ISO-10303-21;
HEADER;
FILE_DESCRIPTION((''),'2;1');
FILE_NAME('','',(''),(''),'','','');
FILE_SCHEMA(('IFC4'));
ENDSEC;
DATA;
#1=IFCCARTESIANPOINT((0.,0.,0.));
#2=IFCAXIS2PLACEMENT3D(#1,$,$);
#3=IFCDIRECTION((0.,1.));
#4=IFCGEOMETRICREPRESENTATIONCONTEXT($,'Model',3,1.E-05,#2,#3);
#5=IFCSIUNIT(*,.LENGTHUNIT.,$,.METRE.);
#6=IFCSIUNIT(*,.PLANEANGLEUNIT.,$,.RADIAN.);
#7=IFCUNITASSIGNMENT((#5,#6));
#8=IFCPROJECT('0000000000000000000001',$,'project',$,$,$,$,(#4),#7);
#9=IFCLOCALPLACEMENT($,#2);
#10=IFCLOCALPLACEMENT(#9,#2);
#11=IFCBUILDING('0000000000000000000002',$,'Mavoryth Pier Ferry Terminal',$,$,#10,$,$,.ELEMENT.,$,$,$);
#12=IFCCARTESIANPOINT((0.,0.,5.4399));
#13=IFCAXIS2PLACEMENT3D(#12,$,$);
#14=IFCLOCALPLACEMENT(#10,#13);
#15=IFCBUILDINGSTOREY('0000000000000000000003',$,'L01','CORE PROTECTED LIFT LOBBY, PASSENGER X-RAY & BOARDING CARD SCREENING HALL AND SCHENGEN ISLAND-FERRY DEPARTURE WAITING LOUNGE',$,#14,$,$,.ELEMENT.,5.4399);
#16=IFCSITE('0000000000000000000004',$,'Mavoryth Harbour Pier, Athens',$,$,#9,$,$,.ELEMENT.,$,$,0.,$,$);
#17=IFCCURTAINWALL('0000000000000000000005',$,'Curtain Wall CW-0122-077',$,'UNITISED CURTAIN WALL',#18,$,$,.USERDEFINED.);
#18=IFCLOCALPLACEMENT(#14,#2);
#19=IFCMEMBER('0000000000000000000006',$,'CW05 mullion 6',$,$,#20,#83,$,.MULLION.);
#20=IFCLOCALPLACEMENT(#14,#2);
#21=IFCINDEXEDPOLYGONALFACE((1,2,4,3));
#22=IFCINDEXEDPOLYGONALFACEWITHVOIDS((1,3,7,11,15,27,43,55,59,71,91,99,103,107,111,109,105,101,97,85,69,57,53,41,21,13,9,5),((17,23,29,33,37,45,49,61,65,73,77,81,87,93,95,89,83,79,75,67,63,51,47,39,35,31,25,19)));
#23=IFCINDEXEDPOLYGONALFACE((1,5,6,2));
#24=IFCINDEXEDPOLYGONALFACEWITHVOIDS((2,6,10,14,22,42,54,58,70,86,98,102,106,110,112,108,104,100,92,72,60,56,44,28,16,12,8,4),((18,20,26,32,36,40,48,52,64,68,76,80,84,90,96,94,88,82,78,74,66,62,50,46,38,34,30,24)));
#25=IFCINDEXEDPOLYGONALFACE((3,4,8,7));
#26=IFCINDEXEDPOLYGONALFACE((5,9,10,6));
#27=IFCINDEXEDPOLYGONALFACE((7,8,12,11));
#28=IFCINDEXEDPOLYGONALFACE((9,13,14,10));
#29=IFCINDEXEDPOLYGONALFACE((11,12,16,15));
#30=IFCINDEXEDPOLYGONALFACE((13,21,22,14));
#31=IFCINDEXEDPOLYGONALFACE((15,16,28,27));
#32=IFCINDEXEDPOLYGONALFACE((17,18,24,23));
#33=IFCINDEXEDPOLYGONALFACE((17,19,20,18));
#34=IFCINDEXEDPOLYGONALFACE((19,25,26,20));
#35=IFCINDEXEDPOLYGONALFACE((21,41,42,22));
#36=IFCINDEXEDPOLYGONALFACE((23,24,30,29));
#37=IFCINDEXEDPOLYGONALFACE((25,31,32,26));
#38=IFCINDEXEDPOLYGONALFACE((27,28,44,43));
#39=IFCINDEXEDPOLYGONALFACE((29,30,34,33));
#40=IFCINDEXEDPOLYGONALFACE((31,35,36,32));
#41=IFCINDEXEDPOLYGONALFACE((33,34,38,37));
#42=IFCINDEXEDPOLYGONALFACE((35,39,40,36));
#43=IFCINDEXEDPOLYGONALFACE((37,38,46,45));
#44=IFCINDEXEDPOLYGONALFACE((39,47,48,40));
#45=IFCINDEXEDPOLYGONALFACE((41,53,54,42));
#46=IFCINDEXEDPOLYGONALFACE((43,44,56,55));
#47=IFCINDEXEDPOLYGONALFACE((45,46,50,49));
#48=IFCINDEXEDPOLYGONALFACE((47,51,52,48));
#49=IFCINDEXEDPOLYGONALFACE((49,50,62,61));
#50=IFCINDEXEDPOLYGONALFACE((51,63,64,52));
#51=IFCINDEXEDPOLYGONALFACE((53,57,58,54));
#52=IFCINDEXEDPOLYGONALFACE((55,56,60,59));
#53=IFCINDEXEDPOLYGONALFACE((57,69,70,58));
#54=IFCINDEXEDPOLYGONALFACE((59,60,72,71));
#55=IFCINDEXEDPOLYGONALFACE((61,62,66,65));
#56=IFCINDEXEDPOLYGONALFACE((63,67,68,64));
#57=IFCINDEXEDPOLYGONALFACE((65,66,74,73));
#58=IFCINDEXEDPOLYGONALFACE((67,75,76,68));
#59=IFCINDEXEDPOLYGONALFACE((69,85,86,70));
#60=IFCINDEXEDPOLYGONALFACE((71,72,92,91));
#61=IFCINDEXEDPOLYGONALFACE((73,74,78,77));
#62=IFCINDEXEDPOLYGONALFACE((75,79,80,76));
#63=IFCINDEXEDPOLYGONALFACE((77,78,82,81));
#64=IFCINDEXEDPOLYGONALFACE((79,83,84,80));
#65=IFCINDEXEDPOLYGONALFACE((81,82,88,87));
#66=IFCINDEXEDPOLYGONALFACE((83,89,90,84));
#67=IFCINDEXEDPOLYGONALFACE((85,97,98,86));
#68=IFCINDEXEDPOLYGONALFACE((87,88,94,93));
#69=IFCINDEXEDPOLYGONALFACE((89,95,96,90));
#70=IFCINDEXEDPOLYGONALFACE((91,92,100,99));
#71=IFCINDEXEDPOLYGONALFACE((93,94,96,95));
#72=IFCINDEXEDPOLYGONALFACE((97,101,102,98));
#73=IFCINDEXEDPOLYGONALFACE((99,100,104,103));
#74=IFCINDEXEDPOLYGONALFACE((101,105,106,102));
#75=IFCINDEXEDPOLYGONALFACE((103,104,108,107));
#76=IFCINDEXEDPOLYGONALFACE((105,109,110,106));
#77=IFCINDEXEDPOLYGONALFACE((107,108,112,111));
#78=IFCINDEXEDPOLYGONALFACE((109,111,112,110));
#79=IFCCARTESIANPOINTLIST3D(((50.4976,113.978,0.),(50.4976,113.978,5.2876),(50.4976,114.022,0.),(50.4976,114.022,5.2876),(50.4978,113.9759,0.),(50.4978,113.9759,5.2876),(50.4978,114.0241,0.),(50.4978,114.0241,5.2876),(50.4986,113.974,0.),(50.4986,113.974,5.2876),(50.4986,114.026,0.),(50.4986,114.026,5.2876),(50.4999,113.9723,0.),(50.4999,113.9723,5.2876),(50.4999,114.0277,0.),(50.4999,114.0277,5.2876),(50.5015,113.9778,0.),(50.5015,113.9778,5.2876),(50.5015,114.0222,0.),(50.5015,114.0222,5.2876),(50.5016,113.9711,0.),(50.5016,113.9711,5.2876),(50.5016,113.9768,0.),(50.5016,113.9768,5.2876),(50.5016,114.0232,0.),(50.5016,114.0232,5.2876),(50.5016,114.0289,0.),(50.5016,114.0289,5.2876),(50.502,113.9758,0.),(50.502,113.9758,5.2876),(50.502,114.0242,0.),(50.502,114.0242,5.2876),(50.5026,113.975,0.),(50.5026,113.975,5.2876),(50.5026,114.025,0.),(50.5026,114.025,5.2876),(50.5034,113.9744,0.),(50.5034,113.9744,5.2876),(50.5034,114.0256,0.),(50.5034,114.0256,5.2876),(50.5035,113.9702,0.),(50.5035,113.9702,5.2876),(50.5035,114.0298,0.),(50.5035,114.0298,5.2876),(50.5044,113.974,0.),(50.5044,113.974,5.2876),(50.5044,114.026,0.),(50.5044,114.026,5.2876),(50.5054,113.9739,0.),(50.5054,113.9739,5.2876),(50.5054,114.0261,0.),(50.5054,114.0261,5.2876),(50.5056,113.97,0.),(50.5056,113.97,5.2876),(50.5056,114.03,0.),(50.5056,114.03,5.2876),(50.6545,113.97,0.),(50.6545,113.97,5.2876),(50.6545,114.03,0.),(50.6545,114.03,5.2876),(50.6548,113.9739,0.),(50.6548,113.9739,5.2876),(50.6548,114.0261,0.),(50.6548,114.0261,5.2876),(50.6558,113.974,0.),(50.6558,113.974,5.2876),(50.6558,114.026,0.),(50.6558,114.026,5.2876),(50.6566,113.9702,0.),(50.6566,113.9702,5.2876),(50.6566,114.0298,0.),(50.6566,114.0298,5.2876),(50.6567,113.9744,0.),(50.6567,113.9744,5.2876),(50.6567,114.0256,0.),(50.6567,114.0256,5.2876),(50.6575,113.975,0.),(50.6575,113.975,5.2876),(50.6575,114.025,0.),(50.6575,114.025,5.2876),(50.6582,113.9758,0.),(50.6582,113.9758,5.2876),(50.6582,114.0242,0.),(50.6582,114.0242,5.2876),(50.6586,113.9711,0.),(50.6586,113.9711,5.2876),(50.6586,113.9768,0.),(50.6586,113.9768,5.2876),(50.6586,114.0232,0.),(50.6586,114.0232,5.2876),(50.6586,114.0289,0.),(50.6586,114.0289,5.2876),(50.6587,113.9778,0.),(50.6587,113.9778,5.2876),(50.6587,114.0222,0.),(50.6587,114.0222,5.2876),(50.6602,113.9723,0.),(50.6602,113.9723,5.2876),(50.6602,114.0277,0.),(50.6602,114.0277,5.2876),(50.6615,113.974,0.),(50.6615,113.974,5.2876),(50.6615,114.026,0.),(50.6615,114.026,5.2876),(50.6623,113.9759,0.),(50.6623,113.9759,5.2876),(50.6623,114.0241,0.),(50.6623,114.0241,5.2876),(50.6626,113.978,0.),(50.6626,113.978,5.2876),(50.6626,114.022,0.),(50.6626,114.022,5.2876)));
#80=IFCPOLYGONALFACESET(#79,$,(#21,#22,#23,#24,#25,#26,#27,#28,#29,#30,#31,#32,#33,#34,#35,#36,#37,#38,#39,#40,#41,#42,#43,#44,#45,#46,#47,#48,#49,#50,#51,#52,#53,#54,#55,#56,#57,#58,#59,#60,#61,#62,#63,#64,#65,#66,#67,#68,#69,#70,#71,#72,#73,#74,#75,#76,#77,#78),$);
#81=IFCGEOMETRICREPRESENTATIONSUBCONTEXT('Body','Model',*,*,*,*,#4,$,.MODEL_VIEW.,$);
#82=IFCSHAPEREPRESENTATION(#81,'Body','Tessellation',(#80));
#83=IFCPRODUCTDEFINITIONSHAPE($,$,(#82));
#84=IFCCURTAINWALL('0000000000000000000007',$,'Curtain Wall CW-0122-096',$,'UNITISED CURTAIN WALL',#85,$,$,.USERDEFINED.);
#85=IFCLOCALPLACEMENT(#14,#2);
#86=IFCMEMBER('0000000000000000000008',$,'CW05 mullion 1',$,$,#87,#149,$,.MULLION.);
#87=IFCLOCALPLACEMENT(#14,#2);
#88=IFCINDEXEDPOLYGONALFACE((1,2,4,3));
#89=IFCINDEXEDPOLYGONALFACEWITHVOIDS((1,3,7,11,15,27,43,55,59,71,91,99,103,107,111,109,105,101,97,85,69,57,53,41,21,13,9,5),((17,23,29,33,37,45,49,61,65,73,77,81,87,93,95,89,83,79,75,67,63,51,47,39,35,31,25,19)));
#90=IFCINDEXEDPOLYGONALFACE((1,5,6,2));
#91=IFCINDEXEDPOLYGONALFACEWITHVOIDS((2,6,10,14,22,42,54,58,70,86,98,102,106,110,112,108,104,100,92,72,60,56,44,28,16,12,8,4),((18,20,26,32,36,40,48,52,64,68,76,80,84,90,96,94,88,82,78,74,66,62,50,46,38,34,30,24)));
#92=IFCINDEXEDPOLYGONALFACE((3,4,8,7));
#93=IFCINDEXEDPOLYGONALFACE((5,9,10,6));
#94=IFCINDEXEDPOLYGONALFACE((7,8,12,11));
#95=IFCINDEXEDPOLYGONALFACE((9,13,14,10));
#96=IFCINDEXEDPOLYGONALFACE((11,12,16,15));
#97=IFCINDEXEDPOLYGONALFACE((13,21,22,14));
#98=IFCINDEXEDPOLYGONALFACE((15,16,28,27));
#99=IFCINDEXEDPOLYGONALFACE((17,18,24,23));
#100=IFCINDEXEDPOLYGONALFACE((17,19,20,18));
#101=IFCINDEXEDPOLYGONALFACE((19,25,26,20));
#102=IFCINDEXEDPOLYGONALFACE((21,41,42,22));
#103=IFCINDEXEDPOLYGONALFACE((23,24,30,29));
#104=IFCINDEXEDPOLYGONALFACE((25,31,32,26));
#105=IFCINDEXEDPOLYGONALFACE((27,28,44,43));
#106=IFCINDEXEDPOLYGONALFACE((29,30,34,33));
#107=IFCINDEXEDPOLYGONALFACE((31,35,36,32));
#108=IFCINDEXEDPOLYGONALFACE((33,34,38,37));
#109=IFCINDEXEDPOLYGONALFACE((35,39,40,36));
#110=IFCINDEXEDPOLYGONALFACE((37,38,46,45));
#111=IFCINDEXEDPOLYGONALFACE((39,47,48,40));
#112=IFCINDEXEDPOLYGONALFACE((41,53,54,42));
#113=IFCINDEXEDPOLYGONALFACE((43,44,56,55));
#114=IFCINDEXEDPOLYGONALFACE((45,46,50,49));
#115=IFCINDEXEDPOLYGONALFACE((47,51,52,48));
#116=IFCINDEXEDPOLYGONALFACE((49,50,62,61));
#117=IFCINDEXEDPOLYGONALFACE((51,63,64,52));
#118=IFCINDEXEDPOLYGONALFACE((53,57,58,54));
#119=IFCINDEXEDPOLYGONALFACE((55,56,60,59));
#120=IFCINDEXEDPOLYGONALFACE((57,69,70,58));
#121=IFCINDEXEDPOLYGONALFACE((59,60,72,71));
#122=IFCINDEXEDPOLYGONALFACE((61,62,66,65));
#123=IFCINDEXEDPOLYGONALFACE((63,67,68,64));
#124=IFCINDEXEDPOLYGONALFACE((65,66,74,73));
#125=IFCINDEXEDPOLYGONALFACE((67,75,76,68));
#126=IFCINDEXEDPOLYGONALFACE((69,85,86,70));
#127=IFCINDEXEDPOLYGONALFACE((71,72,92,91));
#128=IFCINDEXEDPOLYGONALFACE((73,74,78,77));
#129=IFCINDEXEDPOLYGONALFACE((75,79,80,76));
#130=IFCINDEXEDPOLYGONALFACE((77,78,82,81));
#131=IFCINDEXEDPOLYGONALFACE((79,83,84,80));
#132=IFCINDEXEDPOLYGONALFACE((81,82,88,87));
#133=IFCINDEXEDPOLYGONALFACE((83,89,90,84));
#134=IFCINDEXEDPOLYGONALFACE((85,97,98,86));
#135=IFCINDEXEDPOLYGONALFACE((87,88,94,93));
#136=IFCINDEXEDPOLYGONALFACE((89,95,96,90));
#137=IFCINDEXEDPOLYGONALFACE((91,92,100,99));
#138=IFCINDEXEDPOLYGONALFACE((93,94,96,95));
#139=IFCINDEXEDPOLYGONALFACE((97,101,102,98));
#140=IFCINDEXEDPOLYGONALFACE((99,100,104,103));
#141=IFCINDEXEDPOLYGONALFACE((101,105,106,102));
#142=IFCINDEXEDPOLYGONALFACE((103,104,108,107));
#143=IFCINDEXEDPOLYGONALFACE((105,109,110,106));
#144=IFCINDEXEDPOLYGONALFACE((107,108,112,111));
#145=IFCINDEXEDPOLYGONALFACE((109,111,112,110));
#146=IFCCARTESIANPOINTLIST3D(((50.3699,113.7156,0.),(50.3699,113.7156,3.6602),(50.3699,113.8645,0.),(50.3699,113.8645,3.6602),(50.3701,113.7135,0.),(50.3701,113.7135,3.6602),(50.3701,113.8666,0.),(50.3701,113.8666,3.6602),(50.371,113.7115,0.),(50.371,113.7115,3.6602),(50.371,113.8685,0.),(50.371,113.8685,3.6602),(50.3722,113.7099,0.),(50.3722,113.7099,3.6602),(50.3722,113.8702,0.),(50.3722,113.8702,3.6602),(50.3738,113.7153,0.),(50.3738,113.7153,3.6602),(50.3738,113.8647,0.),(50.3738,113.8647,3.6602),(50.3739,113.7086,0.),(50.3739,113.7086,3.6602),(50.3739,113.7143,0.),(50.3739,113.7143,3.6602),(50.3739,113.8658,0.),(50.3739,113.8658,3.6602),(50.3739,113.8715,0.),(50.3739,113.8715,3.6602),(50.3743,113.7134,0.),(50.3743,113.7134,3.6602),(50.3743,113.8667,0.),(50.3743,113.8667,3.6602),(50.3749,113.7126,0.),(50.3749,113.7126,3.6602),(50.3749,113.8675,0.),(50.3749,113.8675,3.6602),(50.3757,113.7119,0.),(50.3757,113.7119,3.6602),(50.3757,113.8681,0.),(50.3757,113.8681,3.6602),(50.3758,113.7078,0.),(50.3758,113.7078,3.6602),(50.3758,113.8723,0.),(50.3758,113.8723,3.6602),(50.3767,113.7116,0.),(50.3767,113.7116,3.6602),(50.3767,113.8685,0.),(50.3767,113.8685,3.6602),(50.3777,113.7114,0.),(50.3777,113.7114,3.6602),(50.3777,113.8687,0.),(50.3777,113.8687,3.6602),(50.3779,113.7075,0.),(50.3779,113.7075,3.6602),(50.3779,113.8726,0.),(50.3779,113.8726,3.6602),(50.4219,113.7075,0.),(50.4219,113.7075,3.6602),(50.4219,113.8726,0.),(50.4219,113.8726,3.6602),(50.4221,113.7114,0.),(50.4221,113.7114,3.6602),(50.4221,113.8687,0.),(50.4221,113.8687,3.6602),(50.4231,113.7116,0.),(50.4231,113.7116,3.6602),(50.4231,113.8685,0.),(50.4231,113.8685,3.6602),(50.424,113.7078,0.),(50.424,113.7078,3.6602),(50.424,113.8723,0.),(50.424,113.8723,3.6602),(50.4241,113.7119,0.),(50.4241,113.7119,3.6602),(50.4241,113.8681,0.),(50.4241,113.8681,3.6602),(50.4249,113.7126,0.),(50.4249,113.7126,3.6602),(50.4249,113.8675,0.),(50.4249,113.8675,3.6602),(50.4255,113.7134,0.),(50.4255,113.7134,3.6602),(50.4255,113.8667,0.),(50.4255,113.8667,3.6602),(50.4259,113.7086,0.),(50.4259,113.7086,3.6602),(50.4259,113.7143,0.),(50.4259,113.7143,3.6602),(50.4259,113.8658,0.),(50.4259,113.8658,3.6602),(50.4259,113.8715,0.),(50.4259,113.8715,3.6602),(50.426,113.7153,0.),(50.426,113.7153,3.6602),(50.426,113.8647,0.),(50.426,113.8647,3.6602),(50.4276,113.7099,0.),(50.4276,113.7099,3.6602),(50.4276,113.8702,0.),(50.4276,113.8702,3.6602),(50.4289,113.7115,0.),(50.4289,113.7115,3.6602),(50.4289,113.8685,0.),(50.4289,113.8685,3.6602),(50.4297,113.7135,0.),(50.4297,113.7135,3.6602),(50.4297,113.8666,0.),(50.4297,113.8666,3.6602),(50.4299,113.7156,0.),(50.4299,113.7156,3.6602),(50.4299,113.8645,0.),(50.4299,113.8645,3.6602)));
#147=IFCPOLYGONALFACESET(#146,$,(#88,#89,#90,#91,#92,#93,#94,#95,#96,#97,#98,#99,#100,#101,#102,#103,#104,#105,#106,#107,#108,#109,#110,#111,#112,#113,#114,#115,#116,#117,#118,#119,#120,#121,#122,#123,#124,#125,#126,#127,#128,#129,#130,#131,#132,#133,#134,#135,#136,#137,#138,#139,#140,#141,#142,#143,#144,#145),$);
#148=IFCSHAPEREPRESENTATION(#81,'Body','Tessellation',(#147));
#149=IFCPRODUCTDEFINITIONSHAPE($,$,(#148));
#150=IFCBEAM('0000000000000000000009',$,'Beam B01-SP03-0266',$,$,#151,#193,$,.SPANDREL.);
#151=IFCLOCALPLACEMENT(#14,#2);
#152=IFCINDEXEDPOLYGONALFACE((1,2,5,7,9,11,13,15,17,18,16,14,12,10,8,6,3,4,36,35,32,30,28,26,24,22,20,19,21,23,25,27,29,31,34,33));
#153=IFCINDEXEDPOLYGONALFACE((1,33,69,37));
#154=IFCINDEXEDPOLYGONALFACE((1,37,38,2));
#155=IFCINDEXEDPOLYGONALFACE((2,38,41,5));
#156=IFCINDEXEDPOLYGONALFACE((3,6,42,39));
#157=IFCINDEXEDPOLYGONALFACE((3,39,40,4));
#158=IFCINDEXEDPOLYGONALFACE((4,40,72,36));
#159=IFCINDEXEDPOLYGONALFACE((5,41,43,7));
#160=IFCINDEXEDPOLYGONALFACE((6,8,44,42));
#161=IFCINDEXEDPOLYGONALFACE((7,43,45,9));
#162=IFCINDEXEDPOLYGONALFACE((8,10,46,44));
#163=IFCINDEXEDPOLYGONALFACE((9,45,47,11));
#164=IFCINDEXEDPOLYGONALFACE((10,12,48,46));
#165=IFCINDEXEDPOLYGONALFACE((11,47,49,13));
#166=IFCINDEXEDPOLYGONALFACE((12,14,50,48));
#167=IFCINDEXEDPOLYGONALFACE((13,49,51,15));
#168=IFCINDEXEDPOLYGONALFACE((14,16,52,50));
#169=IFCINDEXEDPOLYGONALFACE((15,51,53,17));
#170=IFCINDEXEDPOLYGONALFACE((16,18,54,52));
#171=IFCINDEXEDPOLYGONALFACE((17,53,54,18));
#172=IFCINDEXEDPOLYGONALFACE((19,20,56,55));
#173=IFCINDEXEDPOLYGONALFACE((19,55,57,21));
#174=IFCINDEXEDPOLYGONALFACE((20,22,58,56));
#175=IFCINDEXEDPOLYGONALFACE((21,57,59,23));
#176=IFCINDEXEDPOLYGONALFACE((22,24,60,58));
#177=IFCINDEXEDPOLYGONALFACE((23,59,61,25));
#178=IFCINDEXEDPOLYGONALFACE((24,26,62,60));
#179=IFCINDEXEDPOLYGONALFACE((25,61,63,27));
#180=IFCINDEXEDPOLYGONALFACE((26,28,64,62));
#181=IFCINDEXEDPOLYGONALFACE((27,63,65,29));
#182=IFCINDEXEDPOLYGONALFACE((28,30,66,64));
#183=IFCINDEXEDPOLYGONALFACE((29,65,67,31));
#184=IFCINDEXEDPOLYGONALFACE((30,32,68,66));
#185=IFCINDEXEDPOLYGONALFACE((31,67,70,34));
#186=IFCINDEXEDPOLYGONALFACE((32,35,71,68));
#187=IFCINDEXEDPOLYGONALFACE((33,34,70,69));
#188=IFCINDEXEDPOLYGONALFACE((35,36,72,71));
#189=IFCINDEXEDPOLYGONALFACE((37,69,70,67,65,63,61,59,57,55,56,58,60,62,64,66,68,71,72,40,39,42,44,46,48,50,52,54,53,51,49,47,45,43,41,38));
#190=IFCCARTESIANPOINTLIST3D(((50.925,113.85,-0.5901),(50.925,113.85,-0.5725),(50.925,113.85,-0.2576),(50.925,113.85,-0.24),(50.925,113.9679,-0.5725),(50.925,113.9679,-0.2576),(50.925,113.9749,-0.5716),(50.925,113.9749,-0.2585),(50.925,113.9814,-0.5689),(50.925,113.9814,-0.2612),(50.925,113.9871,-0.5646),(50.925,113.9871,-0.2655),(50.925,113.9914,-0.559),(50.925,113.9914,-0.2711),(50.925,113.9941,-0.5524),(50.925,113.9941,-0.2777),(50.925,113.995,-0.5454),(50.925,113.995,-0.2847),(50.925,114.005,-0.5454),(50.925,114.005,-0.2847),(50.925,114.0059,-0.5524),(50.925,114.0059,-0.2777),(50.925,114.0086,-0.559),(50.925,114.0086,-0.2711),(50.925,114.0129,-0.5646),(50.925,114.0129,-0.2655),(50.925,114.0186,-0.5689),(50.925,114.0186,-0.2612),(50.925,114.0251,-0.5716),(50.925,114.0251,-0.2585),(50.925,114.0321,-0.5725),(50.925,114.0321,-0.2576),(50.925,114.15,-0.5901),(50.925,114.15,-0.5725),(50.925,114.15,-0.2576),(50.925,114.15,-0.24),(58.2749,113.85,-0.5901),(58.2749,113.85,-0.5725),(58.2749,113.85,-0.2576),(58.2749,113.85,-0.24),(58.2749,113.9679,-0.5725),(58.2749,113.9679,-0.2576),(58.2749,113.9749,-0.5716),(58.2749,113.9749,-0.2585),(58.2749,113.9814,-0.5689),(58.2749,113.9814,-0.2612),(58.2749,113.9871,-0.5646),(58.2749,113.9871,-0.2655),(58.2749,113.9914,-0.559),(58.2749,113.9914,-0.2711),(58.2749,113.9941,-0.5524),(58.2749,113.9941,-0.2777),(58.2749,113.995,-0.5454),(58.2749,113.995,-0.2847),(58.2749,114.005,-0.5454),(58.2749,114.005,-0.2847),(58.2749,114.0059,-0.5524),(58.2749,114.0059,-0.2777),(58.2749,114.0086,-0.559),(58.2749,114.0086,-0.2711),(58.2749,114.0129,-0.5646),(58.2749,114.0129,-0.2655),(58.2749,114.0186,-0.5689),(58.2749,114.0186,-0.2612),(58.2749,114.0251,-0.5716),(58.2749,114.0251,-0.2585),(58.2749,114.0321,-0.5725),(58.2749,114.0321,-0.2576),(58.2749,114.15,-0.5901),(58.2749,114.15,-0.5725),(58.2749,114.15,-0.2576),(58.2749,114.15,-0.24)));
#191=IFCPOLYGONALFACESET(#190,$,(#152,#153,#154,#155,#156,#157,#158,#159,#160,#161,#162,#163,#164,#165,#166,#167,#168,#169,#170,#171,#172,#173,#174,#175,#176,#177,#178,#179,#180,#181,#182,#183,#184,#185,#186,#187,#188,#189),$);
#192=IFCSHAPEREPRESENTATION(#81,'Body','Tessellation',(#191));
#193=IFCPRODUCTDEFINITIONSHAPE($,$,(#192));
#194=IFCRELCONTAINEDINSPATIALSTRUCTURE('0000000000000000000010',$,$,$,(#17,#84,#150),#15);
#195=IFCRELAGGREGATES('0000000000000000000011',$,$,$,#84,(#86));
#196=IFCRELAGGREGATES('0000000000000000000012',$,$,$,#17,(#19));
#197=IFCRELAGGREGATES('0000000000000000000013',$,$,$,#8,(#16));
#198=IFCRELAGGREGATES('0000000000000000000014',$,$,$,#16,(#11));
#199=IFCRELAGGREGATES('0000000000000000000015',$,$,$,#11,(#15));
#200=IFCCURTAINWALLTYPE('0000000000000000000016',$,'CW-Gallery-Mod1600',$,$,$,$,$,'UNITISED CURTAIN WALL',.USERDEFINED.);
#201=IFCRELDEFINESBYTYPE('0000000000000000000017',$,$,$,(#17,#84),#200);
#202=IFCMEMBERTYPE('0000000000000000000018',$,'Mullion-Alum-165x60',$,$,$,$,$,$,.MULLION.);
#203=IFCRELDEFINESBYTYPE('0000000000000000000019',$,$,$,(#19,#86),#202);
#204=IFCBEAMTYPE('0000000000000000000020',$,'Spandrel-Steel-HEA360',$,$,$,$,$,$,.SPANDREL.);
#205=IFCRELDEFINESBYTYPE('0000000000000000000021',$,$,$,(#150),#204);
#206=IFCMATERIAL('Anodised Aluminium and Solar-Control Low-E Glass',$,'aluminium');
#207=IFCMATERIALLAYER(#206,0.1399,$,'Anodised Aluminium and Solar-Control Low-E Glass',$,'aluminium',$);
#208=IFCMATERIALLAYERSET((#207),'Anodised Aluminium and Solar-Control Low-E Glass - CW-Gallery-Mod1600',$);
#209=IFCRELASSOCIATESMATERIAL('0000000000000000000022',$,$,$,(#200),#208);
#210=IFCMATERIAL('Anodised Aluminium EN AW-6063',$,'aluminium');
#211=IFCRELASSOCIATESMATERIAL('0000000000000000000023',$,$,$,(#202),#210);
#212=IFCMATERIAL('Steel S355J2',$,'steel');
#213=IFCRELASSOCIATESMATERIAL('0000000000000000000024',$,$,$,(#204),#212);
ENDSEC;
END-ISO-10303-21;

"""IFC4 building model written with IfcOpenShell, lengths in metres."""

from ifc_helpers import new_model, si_unit, direction, frame, origin, origin_2d, place, context, subcontext, project, spatial, hollow_rectangle, i_section, extrude, material, layer, layer_set, material_profile, profile_set, type_object, element, aggregate, save


model = new_model("IFC4")

# Units and contexts
model_context = context("Model", 3, precision=1e-05, world=origin(), true_north=direction((0.0, 1.0)))
body_context = subcontext(model_context, "Body", "Model", "MODEL_VIEW")
ifc_project = project(units=[si_unit("LENGTHUNIT", "METRE"), si_unit("PLANEANGLEUNIT", "RADIAN")], contexts=[model_context])

# Site, building, storey
site_placement = place(None, origin())
site = spatial("IfcSite", under=ifc_project, at=site_placement, Name="Mavoryth Harbour Pier, Athens", CompositionType="ELEMENT", RefElevation=0.0)
building_placement = place(site_placement, origin())
building = spatial("IfcBuilding", under=site, at=building_placement, Name="Mavoryth Pier Ferry Terminal", CompositionType="ELEMENT")
storey_placement = place(building_placement, frame((0.0, 0.0, 5.4399)))
storey = spatial("IfcBuildingStorey", under=building, at=storey_placement, Name="L01", Description="CORE PROTECTED LIFT LOBBY, PASSENGER X-RAY & BOARDING CARD SCREENING HALL AND SCHENGEN ISLAND-FERRY DEPARTURE WAITING LOUNGE", CompositionType="ELEMENT", Elevation=5.4399)

# Shared definitions
ifc_material_1 = material(Name="Steel S355J2", Category="steel")

# Curtain wall, member
ifc_material_2 = material(Name="Anodised Aluminium and Solar-Control Low-E Glass", Category="aluminium")
ifc_layer_1 = layer(ifc_material_2, 0.1399, Name="Anodised Aluminium and Solar-Control Low-E Glass", Category="aluminium")
ifc_layer_set_1 = layer_set([ifc_layer_1], Name="Anodised Aluminium and Solar-Control Low-E Glass - CW-Gallery-Mod1600")
curtain_wall_type = type_object("IfcCurtainWallType", Name="CW-Gallery-Mod1600", ElementType="UNITISED CURTAIN WALL", PredefinedType="USERDEFINED", material=ifc_layer_set_1)
curtain_wall_1_placement = place(storey_placement, origin())
curtain_wall_1 = element("IfcCurtainWall", 1, at=curtain_wall_1_placement, inside=storey, type_object=curtain_wall_type, Name="Curtain Wall CW-0122-077", ObjectType="UNITISED CURTAIN WALL", PredefinedType="USERDEFINED")
ifc_material_3 = material(Name="Anodised Aluminium EN AW-6063", Category="aluminium")
ifc_material_profile_1 = material_profile(ifc_material_3, hollow_rectangle(XDim=0.0601, YDim=0.165, WallThickness=0.0039, InnerFilletRadius=0.0039, OuterFilletRadius=0.0081, at=origin_2d()), Name="AL-MULL 165x60x4", Category="aluminium")
ifc_profile_set_1 = profile_set([ifc_material_profile_1], Name="Anodised Aluminium EN AW-6063 - AL-MULL 165x60x4")
member_type_1 = type_object("IfcMemberType", Name="Mullion-Alum-165x60", PredefinedType="MULLION", material=ifc_profile_set_1)
member_1_placement = place(storey_placement, frame((50.5801, 114.0, 0.0), z_axis=(0.0, 0.0, 1.0), x_axis=(0.0, -1.0, 0.0)))
member_1 = element("IfcMember", 2, at=member_1_placement, type_object=member_type_1, Name="CW05 mullion 6", PredefinedType="MULLION", context=body_context, shape_type="SweptSolid", body=[
    extrude(hollow_rectangle(XDim=0.0601, YDim=0.165, WallThickness=0.0039, InnerFilletRadius=0.0039, OuterFilletRadius=0.0081, at=origin_2d()), origin(), (0.0, 0.0, 1.0), 5.2876),
])

# Curtain wall, member
curtain_wall_2_placement = place(storey_placement, origin())
curtain_wall_2 = element("IfcCurtainWall", 3, at=curtain_wall_2_placement, inside=storey, type_object=curtain_wall_type, Name="Curtain Wall CW-0122-096", ObjectType="UNITISED CURTAIN WALL", PredefinedType="USERDEFINED")
member_2_placement = place(storey_placement, frame((50.3999, 113.79, 0.0), z_axis=(0.0, 0.0, 1.0), x_axis=(1.0, 0.0, 0.0)))
member_2 = element("IfcMember", 4, at=member_2_placement, type_object=member_type_1, Name="CW05 mullion 1", PredefinedType="MULLION", context=body_context, shape_type="SweptSolid", body=[
    extrude(hollow_rectangle(XDim=0.0601, YDim=0.165, WallThickness=0.0039, InnerFilletRadius=0.0039, OuterFilletRadius=0.0081, at=origin_2d()), origin(), (0.0, 0.0, 1.0), 3.6602),
])

# Beam
ifc_material_profile_2 = material_profile(ifc_material_1, i_section(OverallWidth=0.3, OverallDepth=0.3501, WebThickness=0.01, FlangeThickness=0.0176, FilletRadius=0.0271, at=origin_2d()), Name="HEA 360", Category="steel")
ifc_profile_set_2 = profile_set([ifc_material_profile_2], Name="Steel S355J2 - HEA 360")
beam_type = type_object("IfcBeamType", Name="Spandrel-Steel-HEA360", PredefinedType="SPANDREL", material=ifc_profile_set_2)
beam_placement = place(storey_placement, frame((50.925, 114.0, -0.415), z_axis=(1.0, 0.0, 0.0), x_axis=(0.0, 1.0, 0.0)))
element("IfcBeam", 5, at=beam_placement, inside=storey, type_object=beam_type, Name="Beam B01-SP03-0266", PredefinedType="SPANDREL", context=body_context, shape_type="SweptSolid", body=[
    extrude(i_section(OverallWidth=0.3, OverallDepth=0.3501, WebThickness=0.01, FlangeThickness=0.0176, FilletRadius=0.0271, at=origin_2d()), origin(), (0.0, 0.0, 1.0), 7.3499),
])

aggregate(curtain_wall_2, [member_2])

aggregate(curtain_wall_1, [member_1])

save(model, "model.ifc")
